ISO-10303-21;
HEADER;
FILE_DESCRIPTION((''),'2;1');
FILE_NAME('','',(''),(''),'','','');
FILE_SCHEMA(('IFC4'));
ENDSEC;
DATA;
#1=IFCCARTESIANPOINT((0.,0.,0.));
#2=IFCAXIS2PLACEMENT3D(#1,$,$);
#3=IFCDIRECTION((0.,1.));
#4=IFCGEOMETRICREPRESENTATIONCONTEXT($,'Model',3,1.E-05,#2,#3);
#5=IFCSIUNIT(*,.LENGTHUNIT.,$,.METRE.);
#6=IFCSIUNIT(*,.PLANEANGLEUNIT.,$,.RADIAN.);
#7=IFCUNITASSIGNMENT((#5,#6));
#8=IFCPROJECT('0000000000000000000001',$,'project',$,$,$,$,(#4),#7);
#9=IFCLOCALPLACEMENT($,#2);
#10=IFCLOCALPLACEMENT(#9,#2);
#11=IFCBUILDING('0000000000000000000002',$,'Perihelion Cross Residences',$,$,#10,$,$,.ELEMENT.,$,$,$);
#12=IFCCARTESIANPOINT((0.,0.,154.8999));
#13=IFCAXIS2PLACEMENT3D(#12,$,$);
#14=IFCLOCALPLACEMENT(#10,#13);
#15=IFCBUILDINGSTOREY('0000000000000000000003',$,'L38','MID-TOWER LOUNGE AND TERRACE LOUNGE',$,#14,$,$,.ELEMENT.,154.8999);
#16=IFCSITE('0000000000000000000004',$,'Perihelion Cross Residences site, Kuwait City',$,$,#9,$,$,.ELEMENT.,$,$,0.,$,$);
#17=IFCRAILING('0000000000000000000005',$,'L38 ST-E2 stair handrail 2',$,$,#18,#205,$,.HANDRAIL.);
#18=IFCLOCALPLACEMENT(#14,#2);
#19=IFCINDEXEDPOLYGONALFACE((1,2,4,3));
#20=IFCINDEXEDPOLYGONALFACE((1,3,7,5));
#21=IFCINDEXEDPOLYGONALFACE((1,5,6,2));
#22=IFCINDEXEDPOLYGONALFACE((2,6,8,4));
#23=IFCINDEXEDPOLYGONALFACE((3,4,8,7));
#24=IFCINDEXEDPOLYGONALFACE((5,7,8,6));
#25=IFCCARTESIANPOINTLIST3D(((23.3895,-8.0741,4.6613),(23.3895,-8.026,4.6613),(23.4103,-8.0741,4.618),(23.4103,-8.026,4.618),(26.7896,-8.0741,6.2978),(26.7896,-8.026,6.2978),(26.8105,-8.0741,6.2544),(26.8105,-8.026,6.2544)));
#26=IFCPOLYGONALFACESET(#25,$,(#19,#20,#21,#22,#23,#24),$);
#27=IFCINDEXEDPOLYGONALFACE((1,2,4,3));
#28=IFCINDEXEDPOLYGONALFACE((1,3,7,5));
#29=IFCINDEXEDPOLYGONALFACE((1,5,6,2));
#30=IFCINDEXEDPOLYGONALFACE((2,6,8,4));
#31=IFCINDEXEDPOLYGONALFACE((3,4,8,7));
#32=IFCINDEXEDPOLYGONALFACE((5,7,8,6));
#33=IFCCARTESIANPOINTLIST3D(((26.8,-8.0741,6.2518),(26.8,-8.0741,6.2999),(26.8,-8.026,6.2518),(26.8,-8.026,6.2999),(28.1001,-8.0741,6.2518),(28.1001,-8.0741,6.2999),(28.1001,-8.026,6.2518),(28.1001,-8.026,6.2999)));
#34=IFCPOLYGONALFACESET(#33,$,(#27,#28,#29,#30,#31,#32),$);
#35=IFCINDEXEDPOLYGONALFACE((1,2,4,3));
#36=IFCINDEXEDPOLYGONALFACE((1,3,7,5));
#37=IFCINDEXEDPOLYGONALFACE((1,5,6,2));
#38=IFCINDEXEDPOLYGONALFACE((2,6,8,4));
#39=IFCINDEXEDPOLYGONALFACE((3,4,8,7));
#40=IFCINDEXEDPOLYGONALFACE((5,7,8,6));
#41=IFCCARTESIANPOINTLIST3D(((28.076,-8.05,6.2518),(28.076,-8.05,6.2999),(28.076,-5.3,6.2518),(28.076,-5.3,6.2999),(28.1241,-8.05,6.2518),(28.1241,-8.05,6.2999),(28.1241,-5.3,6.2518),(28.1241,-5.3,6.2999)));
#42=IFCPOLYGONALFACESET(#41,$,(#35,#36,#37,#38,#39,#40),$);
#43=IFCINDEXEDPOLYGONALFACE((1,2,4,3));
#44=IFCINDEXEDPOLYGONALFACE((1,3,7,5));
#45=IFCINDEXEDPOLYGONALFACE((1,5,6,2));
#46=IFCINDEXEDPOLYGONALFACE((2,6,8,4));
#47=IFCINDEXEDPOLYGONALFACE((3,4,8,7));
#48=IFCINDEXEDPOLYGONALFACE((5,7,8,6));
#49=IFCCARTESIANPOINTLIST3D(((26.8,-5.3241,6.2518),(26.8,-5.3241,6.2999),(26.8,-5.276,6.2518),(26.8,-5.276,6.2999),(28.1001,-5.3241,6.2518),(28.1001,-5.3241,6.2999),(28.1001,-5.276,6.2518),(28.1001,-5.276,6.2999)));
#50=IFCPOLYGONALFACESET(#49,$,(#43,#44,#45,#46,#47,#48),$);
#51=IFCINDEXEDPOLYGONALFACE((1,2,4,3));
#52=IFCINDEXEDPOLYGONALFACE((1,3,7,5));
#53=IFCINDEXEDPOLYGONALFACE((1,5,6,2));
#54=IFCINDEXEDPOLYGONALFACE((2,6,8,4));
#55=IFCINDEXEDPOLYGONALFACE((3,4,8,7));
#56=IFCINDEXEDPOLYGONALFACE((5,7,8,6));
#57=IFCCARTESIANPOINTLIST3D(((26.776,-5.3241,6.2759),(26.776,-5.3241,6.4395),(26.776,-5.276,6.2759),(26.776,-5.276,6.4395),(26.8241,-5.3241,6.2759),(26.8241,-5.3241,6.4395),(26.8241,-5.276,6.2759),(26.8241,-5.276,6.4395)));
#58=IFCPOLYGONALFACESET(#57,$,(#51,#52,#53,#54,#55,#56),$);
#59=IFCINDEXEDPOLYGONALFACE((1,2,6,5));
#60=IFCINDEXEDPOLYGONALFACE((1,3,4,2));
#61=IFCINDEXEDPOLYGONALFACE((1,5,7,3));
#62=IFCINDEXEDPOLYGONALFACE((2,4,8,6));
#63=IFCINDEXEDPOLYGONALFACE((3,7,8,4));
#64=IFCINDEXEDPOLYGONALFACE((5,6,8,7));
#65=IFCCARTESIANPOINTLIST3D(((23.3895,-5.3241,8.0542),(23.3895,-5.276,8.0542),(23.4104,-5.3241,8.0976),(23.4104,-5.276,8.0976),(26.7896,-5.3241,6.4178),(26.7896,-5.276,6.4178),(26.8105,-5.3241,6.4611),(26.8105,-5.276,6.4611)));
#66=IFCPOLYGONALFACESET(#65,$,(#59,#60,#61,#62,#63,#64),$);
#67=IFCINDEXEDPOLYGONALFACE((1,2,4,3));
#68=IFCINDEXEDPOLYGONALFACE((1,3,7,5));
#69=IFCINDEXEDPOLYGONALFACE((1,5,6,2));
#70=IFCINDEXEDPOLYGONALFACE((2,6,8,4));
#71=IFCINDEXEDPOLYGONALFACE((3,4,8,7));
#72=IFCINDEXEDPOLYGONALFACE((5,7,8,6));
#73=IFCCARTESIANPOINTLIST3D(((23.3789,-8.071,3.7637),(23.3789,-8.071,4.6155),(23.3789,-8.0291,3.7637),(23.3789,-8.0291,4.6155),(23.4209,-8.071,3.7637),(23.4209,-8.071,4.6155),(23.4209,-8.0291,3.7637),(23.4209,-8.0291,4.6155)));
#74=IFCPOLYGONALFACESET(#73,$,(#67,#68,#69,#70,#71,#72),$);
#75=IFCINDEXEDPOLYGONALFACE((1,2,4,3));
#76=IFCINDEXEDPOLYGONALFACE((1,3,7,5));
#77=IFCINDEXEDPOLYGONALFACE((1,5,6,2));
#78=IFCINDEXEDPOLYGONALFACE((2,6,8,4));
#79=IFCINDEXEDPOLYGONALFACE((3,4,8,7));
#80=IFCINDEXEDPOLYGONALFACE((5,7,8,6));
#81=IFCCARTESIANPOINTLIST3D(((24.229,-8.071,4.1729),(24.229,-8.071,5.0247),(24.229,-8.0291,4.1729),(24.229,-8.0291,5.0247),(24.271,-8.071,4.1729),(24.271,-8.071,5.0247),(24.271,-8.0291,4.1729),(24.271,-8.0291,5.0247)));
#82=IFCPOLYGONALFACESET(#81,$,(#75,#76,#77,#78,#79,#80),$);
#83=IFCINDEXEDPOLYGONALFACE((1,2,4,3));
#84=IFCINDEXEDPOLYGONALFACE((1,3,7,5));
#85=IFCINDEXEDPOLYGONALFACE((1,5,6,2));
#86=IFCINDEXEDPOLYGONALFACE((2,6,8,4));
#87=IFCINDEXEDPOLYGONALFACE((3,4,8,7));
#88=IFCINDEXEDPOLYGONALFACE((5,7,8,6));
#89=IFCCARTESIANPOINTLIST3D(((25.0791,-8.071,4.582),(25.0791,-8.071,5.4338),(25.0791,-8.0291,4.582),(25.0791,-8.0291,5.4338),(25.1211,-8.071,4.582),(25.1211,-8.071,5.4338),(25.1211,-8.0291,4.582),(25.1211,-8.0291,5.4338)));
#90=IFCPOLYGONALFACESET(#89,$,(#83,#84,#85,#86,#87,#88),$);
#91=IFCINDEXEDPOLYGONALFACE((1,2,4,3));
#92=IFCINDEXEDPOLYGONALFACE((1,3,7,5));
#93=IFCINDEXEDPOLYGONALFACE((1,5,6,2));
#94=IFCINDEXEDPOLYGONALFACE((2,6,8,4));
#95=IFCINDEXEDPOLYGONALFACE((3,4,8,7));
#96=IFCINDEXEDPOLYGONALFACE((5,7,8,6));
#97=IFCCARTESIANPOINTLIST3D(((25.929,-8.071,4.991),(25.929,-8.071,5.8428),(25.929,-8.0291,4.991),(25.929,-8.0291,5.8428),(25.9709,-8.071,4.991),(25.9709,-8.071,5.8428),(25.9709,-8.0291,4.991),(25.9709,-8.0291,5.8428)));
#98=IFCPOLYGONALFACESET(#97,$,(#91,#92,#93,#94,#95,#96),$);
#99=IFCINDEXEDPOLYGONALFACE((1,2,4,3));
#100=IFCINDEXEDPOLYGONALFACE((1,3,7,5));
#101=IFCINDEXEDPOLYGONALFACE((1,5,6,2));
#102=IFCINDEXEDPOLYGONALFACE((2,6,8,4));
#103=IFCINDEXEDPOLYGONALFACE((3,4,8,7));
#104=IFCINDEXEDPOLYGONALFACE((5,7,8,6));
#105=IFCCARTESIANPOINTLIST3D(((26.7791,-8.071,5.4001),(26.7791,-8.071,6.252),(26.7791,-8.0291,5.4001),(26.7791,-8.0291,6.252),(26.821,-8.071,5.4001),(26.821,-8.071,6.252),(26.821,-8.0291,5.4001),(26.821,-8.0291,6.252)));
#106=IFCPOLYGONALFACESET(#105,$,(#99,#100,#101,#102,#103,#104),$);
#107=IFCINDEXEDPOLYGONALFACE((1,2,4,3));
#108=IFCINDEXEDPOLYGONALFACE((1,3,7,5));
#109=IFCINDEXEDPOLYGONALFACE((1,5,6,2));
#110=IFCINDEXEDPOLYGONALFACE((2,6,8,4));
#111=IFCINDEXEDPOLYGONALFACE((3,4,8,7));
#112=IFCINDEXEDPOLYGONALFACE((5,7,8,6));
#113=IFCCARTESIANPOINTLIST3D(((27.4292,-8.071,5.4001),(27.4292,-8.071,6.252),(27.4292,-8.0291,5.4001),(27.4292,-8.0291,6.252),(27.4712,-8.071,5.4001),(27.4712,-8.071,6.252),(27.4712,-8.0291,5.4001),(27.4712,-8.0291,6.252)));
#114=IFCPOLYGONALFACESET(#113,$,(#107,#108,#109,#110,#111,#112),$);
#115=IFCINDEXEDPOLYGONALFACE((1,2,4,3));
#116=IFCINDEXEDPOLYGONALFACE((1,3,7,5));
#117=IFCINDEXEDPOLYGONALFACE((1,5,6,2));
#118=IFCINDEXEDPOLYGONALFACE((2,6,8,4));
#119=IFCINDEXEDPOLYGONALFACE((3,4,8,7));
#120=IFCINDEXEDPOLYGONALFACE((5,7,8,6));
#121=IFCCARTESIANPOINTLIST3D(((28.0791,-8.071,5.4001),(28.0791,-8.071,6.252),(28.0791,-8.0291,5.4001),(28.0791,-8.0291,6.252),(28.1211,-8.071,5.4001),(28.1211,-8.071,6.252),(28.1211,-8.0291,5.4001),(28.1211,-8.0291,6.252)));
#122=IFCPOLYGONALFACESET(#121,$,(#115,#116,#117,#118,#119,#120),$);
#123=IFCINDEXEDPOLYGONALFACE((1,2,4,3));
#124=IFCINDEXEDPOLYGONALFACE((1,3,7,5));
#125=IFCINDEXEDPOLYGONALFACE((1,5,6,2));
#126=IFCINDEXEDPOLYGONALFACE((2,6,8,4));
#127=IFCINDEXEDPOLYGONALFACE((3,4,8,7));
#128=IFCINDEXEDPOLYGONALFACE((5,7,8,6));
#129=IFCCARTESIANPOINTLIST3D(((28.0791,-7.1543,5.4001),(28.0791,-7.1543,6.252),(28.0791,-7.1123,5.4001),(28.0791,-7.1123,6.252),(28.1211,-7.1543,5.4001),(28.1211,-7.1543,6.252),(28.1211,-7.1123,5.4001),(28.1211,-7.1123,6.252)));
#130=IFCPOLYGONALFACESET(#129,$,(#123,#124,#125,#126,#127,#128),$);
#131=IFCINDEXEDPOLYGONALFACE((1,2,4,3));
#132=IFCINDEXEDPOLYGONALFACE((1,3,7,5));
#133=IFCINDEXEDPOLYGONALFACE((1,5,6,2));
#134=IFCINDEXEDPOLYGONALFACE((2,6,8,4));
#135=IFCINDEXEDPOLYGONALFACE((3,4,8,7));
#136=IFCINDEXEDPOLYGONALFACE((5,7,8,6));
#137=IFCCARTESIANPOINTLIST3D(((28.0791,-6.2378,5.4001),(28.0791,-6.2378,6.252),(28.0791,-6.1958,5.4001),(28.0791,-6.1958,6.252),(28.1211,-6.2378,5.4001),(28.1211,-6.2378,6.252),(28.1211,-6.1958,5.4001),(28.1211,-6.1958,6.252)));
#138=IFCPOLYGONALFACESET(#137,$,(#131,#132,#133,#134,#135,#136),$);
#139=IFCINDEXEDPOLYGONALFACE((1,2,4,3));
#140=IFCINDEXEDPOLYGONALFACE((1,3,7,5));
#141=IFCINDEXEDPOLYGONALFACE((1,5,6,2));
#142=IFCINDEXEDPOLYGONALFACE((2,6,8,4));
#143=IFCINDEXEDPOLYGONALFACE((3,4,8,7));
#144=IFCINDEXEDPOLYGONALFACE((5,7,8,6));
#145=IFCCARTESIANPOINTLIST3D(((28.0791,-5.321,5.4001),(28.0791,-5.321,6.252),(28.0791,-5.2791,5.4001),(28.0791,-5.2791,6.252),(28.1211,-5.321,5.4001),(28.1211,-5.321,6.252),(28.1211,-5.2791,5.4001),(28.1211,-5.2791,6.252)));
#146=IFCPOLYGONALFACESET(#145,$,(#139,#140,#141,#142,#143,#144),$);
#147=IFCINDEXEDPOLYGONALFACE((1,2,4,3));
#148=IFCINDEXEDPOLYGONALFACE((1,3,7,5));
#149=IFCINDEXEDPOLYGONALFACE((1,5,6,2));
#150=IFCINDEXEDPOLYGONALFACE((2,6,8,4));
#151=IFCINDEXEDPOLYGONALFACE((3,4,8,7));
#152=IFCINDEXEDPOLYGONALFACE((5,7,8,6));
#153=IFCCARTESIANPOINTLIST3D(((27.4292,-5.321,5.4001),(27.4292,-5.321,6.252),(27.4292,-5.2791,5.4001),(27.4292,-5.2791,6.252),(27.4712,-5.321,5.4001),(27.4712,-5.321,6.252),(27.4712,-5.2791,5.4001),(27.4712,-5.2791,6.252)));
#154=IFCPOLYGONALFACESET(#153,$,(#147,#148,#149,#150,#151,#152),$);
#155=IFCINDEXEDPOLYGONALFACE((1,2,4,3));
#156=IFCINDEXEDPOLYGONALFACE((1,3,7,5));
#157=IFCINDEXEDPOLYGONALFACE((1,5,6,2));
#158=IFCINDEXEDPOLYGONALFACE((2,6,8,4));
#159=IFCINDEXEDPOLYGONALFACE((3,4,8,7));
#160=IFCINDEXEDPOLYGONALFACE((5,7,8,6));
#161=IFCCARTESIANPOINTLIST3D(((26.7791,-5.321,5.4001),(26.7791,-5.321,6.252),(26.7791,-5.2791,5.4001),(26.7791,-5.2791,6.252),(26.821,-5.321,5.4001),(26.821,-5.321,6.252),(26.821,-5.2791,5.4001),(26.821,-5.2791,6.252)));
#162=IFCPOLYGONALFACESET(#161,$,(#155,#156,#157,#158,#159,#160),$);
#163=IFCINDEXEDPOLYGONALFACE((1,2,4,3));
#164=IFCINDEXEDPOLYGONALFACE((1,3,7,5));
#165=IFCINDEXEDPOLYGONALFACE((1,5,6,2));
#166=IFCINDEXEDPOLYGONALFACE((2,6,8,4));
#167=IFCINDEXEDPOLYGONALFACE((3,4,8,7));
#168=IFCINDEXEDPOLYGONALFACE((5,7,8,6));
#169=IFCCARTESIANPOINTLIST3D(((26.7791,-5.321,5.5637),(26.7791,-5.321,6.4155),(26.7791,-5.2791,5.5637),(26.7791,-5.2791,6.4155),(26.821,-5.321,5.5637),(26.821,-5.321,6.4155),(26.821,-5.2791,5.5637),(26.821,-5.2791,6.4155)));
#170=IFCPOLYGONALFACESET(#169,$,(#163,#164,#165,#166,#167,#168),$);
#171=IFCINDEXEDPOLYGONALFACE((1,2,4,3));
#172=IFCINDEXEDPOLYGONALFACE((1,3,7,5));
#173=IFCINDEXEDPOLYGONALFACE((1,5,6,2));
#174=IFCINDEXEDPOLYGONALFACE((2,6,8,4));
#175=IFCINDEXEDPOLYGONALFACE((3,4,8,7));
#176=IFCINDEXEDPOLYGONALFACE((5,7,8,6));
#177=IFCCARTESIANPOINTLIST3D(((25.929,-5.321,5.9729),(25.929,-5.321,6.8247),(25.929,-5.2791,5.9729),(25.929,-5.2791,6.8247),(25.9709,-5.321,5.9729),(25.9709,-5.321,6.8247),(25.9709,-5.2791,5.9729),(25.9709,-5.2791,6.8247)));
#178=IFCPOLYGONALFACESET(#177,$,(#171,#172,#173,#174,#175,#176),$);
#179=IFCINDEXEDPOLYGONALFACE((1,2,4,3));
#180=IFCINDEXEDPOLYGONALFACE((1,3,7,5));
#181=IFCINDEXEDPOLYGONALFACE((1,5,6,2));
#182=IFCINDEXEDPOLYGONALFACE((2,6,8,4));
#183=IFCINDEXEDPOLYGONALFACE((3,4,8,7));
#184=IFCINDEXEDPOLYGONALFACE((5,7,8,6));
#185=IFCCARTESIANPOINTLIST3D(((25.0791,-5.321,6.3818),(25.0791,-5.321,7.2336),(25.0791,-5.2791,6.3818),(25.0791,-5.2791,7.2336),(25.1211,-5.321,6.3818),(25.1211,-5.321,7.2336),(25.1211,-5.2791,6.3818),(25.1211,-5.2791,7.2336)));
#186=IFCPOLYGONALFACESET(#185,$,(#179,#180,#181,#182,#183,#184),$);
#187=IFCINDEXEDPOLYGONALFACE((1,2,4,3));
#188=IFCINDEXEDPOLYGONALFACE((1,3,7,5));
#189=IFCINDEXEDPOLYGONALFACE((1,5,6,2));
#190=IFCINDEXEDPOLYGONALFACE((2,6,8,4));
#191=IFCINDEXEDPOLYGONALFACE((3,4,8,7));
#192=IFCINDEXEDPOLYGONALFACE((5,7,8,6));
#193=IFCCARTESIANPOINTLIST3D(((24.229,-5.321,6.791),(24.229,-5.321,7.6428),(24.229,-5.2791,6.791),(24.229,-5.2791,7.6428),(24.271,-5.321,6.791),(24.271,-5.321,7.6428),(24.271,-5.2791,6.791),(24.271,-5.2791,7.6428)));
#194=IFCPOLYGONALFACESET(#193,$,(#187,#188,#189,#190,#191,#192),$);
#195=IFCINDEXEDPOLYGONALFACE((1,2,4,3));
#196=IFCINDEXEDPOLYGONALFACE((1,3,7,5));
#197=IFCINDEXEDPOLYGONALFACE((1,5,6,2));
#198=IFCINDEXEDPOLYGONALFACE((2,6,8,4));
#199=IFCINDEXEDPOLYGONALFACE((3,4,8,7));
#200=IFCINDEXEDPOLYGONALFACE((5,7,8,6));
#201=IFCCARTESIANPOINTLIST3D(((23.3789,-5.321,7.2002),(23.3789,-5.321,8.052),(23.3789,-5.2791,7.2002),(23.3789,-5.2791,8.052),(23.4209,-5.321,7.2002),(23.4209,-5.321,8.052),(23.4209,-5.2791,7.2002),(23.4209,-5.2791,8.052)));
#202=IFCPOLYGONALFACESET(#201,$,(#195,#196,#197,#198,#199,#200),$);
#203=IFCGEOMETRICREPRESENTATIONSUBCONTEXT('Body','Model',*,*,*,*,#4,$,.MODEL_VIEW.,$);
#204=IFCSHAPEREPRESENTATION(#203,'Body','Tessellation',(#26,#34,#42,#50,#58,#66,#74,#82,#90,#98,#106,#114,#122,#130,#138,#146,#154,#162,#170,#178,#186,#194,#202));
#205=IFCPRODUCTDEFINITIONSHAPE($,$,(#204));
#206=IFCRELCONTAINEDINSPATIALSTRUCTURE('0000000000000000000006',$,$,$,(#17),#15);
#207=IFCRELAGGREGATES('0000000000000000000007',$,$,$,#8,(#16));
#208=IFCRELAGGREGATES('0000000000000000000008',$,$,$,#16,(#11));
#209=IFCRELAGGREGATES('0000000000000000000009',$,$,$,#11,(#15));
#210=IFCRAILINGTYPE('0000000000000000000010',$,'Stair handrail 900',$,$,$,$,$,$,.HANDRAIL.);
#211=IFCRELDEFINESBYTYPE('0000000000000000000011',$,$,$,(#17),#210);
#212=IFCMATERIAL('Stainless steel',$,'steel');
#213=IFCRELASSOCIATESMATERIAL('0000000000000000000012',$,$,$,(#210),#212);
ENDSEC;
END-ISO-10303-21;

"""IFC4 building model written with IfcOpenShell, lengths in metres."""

from ifc_helpers import new_model, si_unit, direction, frame, origin, origin_2d, place, context, subcontext, project, spatial, rectangle, extrude, material, type_object, element, save


model = new_model("IFC4")

# Units and contexts
model_context = context("Model", 3, precision=1e-05, world=origin(), true_north=direction((0.0, 1.0)))
body_context = subcontext(model_context, "Body", "Model", "MODEL_VIEW")
ifc_project = project(units=[si_unit("LENGTHUNIT", "METRE"), si_unit("PLANEANGLEUNIT", "RADIAN")], contexts=[model_context])

# Site, building, storey
site_placement = place(None, origin())
site = spatial("IfcSite", under=ifc_project, at=site_placement, Name="Perihelion Cross Residences site, Kuwait City", CompositionType="ELEMENT", RefElevation=0.0)
building_placement = place(site_placement, origin())
building = spatial("IfcBuilding", under=site, at=building_placement, Name="Perihelion Cross Residences", CompositionType="ELEMENT")
storey_placement = place(building_placement, frame((0.0, 0.0, 154.8999)))
storey = spatial("IfcBuildingStorey", under=building, at=storey_placement, Name="L38", Description="MID-TOWER LOUNGE AND TERRACE LOUNGE", CompositionType="ELEMENT", Elevation=154.8999)

# Railing
ifc_material_1 = material(Name="Stainless steel", Category="steel")
railing_type_1 = type_object("IfcRailingType", Name="Stair handrail 900", PredefinedType="HANDRAIL", material=ifc_material_1)
railing_1_placement = place(storey_placement, frame((23.3999, -8.05, 3.7637)))
element("IfcRailing", 1, at=railing_1_placement, inside=storey, type_object=railing_type_1, Name="L38 ST-E2 stair handrail 2", PredefinedType="HANDRAIL", context=body_context, shape_type="SweptSolid", body=[
    extrude(rectangle(XDim=0.0481, YDim=0.0481, at=origin_2d()), frame((0.0, 0.0, 0.876), z_axis=(0.901067, 0.0, 0.433679), x_axis=(0.0, 1.0, 0.0)), (0.0, 0.0, 1.0), 3.7734),
    extrude(rectangle(XDim=0.0481, YDim=0.0481, at=origin_2d()), frame((3.4001, 0.0, 2.5122), z_axis=(1.0, 0.0, 0.0), x_axis=(0.0, 1.0, 0.0)), (0.0, 0.0, 1.0), 1.3),
    extrude(rectangle(XDim=0.0481, YDim=0.0481, at=origin_2d()), frame((4.7002, 0.0, 2.5122), z_axis=(0.0, 1.0, 0.0), x_axis=(-1.0, 0.0, 0.0)), (0.0, 0.0, 1.0), 2.75),
    extrude(rectangle(XDim=0.0481, YDim=0.0481, at=origin_2d()), frame((4.7002, 2.75, 2.5122), z_axis=(-1.0, 0.0, 0.0), x_axis=(0.0, -1.0, 0.0)), (0.0, 0.0, 1.0), 1.3),
    extrude(rectangle(XDim=0.0481, YDim=0.0481, at=origin_2d()), frame((3.4001, 2.75, 2.5122), z_axis=(0.0, 0.0, 1.0), x_axis=(1.0, 0.0, 0.0)), (0.0, 0.0, 1.0), 0.1636),
    extrude(rectangle(XDim=0.0481, YDim=0.0481, at=origin_2d()), frame((3.4001, 2.75, 2.6758), z_axis=(-0.901067, 0.0, 0.433679), x_axis=(0.0, -1.0, 0.0)), (0.0, 0.0, 1.0), 3.7734),
    extrude(rectangle(XDim=0.042, YDim=0.042, at=origin_2d()), origin(), (0.0, 0.0, 1.0), 0.8518),
    extrude(rectangle(XDim=0.042, YDim=0.042, at=origin_2d()), frame((0.8501, 0.0, 0.4092)), (0.0, 0.0, 1.0), 0.8518),
    extrude(rectangle(XDim=0.042, YDim=0.042, at=origin_2d()), frame((1.7002, 0.0, 0.8184)), (0.0, 0.0, 1.0), 0.8518),
    extrude(rectangle(XDim=0.042, YDim=0.042, at=origin_2d()), frame((2.55, 0.0, 1.2273)), (0.0, 0.0, 1.0), 0.8518),
    extrude(rectangle(XDim=0.042, YDim=0.042, at=origin_2d()), frame((3.4001, 0.0, 1.6365)), (0.0, 0.0, 1.0), 0.8518),
    extrude(rectangle(XDim=0.042, YDim=0.042, at=origin_2d()), frame((4.0503, 0.0, 1.6365)), (0.0, 0.0, 1.0), 0.8518),
    extrude(rectangle(XDim=0.042, YDim=0.042, at=origin_2d()), frame((4.7002, 0.0, 1.6365)), (0.0, 0.0, 1.0), 0.8518),
    extrude(rectangle(XDim=0.042, YDim=0.042, at=origin_2d()), frame((4.7002, 0.9167, 1.6365)), (0.0, 0.0, 1.0), 0.8518),
    extrude(rectangle(XDim=0.042, YDim=0.042, at=origin_2d()), frame((4.7002, 1.8333, 1.6365)), (0.0, 0.0, 1.0), 0.8518),
    extrude(rectangle(XDim=0.042, YDim=0.042, at=origin_2d()), frame((4.7002, 2.75, 1.6365)), (0.0, 0.0, 1.0), 0.8518),
    extrude(rectangle(XDim=0.042, YDim=0.042, at=origin_2d()), frame((4.0503, 2.75, 1.6365)), (0.0, 0.0, 1.0), 0.8518),
    extrude(rectangle(XDim=0.042, YDim=0.042, at=origin_2d()), frame((3.4001, 2.75, 1.6365)), (0.0, 0.0, 1.0), 0.8518),
    extrude(rectangle(XDim=0.042, YDim=0.042, at=origin_2d()), frame((3.4001, 2.75, 1.8)), (0.0, 0.0, 1.0), 0.8518),
    extrude(rectangle(XDim=0.042, YDim=0.042, at=origin_2d()), frame((2.55, 2.75, 2.2092)), (0.0, 0.0, 1.0), 0.8518),
    extrude(rectangle(XDim=0.042, YDim=0.042, at=origin_2d()), frame((1.7002, 2.75, 2.6182)), (0.0, 0.0, 1.0), 0.8518),
    extrude(rectangle(XDim=0.042, YDim=0.042, at=origin_2d()), frame((0.8501, 2.75, 3.0273)), (0.0, 0.0, 1.0), 0.8518),
    extrude(rectangle(XDim=0.042, YDim=0.042, at=origin_2d()), frame((0.0, 2.75, 3.4365)), (0.0, 0.0, 1.0), 0.8518),
])

save(model, "model.ifc")
